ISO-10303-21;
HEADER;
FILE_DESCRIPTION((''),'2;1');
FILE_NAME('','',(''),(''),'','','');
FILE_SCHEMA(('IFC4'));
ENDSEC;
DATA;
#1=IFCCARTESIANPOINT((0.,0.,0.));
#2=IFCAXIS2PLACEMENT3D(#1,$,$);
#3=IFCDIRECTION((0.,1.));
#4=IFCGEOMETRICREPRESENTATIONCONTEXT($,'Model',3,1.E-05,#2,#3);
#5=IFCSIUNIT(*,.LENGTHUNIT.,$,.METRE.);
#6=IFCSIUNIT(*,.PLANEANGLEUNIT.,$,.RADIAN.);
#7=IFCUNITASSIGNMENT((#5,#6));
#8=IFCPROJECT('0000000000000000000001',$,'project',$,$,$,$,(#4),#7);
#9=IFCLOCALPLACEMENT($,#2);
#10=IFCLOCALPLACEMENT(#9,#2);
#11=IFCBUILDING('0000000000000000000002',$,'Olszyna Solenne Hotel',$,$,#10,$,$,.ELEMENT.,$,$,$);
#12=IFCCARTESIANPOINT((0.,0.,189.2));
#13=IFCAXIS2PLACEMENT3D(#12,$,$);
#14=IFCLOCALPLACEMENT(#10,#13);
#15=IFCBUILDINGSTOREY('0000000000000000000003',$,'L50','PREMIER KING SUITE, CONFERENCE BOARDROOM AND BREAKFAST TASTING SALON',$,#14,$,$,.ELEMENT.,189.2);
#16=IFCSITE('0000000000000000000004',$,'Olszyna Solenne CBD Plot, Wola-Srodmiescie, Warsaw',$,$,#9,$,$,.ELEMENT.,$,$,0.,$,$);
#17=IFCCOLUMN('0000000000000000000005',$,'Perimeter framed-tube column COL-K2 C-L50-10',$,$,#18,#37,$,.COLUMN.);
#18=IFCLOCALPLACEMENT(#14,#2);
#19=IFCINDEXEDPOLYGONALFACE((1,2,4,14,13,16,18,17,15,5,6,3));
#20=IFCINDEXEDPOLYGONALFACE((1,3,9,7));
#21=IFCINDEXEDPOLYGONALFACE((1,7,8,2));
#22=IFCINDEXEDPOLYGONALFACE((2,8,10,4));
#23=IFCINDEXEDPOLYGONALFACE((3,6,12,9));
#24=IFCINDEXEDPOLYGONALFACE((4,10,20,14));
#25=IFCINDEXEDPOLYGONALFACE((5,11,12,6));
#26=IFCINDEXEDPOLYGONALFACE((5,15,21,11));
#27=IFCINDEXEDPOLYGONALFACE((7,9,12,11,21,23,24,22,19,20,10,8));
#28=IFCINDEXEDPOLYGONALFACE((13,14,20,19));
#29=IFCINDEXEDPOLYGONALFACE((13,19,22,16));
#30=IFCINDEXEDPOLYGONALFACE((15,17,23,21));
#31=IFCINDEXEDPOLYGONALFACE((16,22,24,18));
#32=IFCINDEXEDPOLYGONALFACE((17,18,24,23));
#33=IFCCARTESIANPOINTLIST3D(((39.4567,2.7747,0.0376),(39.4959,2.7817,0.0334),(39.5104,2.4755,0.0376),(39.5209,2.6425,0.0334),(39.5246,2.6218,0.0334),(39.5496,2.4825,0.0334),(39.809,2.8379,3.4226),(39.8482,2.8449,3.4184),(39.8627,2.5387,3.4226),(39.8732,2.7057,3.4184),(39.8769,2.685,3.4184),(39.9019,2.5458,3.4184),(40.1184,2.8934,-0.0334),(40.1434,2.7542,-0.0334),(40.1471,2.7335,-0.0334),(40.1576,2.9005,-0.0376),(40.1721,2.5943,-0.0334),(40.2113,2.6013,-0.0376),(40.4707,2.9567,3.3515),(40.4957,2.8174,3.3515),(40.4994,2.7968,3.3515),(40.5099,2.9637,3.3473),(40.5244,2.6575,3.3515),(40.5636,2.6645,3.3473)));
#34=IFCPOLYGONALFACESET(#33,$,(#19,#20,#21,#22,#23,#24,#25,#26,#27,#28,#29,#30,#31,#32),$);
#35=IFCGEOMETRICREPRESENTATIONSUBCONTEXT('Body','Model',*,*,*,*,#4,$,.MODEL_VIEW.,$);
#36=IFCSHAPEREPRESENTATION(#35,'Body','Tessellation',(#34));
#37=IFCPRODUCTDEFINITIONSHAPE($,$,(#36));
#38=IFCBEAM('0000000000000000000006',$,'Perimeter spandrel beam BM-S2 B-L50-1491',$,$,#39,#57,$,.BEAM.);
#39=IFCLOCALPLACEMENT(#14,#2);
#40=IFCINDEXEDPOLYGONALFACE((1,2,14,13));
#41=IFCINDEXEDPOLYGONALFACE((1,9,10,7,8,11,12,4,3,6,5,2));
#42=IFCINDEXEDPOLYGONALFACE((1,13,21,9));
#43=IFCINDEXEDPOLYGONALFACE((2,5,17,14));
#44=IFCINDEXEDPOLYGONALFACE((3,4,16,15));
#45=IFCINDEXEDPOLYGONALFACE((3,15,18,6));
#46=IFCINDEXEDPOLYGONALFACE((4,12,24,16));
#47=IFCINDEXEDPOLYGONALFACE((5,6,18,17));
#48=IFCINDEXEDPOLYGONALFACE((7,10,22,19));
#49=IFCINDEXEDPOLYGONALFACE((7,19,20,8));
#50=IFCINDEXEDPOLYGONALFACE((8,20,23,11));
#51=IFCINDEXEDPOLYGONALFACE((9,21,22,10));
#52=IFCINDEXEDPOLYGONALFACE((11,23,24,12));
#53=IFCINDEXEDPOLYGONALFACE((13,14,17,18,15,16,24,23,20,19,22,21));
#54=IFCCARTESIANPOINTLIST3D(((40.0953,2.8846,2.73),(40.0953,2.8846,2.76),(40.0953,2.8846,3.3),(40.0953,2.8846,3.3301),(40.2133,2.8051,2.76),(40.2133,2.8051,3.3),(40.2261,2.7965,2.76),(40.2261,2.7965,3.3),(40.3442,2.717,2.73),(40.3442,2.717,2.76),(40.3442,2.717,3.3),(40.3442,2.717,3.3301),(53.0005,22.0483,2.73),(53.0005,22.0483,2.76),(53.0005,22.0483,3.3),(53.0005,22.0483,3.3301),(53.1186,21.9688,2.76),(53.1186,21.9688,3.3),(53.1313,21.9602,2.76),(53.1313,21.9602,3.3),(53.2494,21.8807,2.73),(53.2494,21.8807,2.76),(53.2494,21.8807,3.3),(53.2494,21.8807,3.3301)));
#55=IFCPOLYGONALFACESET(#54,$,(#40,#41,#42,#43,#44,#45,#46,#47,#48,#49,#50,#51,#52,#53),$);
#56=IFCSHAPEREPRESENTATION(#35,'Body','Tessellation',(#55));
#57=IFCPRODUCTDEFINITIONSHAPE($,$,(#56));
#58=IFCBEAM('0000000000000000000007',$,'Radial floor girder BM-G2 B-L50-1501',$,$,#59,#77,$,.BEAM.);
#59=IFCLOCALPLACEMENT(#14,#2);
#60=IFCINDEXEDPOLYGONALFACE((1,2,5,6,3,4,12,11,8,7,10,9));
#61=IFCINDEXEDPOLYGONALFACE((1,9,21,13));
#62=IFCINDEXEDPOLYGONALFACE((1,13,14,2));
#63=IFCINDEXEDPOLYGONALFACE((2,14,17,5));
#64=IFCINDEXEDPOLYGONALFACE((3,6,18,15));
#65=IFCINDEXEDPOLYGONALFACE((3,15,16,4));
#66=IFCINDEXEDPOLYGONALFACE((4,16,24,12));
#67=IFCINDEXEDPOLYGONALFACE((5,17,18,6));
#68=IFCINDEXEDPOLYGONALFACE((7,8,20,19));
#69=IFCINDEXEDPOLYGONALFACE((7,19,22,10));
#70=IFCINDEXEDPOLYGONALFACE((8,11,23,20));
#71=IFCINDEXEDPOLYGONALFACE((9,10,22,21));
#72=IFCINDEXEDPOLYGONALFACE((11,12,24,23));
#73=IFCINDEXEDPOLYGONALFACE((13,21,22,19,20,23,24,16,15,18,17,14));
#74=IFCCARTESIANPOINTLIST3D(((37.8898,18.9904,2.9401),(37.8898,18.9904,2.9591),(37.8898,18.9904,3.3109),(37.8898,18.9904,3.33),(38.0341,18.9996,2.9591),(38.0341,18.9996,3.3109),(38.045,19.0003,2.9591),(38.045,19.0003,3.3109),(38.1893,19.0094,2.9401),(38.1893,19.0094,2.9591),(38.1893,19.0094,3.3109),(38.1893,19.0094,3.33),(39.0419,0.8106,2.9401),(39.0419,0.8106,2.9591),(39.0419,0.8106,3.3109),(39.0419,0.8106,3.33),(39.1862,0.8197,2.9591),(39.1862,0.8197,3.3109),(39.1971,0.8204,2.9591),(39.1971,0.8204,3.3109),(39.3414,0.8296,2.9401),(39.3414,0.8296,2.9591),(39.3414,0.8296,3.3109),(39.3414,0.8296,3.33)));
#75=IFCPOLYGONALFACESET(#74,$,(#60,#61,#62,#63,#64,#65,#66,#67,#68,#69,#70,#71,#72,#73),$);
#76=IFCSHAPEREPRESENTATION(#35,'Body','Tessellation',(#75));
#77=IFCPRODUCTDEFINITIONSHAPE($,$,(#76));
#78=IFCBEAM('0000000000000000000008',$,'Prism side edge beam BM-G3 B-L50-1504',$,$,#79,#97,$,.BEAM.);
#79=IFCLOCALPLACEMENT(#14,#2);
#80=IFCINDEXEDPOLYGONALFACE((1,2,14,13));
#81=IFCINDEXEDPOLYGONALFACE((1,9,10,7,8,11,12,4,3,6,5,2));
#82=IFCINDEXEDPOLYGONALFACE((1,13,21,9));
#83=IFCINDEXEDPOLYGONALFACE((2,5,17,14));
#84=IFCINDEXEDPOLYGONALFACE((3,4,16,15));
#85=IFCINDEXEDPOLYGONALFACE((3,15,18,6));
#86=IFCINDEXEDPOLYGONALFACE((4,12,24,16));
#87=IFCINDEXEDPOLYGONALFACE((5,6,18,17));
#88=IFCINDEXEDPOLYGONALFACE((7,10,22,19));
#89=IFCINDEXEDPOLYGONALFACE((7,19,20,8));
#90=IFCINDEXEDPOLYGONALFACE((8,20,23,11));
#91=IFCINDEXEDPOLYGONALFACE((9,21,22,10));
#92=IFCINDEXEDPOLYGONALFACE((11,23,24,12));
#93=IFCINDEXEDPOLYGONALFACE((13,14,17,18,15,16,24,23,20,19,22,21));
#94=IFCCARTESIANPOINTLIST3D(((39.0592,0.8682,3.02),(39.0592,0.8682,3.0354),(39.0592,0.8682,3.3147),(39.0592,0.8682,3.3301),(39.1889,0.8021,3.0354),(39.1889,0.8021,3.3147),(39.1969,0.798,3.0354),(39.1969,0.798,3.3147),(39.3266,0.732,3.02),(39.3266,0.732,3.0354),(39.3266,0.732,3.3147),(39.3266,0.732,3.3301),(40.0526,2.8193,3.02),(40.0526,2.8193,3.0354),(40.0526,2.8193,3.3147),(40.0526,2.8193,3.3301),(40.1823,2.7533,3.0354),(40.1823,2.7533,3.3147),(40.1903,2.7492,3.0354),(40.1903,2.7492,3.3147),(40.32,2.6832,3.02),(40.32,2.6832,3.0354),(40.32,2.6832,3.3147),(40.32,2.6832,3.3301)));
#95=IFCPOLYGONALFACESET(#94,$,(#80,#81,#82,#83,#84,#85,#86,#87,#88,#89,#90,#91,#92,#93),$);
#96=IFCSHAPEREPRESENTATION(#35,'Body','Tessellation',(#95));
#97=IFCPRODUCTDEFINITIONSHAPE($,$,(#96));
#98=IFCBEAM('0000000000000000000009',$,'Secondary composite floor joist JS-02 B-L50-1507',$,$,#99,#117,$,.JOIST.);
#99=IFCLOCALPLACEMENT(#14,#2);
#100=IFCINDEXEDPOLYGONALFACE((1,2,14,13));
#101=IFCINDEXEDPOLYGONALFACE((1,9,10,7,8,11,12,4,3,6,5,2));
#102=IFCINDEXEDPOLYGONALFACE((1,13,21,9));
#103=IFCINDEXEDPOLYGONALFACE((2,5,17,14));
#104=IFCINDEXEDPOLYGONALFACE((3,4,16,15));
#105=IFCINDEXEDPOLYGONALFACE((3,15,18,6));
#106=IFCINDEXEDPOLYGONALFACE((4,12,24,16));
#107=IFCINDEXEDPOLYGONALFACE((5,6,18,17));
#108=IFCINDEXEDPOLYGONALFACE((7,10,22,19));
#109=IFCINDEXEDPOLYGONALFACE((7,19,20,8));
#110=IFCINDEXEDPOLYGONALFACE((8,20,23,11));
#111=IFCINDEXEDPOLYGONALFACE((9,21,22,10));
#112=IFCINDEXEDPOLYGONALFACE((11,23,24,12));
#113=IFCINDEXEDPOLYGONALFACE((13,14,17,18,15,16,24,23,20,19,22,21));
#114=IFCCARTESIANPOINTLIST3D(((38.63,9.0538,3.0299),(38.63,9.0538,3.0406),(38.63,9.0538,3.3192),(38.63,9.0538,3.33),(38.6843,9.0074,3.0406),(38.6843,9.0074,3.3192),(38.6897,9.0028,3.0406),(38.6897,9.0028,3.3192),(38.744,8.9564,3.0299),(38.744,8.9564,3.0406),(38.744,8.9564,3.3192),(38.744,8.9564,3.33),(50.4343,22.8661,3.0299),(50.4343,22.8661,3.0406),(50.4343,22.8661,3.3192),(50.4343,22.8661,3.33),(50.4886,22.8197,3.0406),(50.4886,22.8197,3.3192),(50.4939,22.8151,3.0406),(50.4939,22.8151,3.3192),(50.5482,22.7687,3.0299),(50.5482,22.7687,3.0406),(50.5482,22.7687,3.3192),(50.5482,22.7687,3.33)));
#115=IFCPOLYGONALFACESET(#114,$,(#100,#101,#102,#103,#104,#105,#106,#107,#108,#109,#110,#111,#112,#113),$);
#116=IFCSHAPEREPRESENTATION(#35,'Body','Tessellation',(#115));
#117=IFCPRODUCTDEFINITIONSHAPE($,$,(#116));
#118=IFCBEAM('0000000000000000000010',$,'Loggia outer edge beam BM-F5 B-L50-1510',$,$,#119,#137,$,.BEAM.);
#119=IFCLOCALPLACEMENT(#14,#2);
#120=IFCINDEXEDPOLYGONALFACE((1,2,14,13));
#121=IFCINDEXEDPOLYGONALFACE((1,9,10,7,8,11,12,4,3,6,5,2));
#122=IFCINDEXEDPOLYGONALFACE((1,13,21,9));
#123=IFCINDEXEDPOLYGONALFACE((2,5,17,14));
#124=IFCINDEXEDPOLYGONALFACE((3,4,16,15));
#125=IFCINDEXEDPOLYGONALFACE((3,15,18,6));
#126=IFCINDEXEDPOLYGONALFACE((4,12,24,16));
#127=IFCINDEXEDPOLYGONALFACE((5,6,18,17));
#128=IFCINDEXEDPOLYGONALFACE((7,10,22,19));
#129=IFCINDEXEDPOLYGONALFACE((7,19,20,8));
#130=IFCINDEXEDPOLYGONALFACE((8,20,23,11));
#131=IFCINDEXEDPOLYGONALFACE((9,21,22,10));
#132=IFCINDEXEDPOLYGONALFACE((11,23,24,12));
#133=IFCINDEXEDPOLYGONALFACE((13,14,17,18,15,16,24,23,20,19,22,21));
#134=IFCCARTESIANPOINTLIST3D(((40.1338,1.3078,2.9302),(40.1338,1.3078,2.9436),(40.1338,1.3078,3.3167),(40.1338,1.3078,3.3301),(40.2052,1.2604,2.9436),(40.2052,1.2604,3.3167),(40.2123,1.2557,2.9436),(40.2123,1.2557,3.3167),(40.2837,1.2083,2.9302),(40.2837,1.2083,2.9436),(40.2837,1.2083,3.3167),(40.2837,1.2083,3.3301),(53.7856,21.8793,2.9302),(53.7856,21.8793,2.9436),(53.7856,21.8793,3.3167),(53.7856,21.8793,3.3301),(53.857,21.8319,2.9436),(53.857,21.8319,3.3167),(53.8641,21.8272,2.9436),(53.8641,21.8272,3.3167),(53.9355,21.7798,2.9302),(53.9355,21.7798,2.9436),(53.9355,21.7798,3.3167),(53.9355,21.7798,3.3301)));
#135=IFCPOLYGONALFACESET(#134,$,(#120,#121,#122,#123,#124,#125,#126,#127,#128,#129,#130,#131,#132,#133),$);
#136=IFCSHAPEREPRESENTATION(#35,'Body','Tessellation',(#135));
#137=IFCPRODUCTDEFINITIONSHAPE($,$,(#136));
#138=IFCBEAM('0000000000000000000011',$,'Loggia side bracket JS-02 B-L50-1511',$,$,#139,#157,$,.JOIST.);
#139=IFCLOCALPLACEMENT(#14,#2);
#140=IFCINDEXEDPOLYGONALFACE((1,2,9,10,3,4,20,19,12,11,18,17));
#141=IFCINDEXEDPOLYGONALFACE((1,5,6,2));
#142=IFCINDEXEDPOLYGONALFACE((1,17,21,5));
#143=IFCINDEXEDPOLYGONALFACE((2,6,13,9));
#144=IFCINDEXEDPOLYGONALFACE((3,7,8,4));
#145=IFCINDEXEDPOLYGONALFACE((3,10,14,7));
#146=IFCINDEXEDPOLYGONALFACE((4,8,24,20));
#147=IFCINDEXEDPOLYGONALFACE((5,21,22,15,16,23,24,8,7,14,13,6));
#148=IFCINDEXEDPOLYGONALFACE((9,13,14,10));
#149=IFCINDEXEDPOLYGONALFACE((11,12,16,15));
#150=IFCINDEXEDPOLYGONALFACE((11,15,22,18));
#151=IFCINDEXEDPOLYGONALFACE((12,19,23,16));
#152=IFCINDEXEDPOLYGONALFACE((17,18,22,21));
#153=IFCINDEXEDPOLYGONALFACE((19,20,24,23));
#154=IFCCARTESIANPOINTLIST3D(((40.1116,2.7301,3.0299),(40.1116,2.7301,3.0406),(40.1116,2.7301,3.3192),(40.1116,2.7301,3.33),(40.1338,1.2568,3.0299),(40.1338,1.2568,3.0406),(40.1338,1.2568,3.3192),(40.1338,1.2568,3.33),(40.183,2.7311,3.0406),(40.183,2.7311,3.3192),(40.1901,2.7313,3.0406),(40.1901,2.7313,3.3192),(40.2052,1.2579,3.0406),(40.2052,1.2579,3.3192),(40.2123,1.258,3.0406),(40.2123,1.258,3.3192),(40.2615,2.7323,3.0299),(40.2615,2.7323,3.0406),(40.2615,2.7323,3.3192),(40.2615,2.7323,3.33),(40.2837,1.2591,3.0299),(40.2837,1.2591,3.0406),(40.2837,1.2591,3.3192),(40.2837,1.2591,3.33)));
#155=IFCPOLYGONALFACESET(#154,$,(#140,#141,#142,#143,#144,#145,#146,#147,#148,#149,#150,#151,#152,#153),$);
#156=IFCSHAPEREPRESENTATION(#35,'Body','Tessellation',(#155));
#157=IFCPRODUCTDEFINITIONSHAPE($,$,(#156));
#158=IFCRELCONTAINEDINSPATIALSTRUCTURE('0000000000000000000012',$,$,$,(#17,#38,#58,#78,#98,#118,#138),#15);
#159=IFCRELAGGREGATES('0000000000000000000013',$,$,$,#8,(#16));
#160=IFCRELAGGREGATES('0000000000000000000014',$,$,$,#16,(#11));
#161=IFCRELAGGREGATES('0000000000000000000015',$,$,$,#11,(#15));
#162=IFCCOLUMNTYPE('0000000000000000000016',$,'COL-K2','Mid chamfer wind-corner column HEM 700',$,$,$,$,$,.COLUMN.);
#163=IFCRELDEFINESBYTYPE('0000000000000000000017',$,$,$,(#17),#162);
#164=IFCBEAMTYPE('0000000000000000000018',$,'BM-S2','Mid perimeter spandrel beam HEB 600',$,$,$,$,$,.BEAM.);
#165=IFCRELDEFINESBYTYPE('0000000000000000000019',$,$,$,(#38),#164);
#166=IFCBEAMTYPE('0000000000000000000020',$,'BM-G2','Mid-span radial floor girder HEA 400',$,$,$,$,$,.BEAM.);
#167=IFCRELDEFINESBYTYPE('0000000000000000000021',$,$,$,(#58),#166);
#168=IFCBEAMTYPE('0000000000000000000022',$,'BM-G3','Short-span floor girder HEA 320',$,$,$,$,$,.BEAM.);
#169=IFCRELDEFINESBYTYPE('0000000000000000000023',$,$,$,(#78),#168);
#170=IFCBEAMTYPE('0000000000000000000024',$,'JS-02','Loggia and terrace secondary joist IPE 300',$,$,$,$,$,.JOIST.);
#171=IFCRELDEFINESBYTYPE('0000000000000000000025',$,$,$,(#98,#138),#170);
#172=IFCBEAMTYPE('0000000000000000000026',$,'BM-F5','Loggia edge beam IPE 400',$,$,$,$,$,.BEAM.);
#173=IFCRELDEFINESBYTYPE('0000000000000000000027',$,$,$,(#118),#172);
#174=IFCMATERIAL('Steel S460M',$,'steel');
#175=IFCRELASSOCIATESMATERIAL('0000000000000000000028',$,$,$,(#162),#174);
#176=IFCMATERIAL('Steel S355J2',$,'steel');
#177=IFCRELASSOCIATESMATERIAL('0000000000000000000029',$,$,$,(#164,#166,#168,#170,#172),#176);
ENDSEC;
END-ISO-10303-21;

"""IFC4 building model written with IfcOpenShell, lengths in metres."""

from ifc_helpers import new_model, si_unit, direction, frame, origin, origin_2d, place, context, subcontext, project, spatial, i_section, extrude, source, transform, mapped, material, material_profile, profile_set, type_object, element, save


model = new_model("IFC4")

# Units and contexts
model_context = context("Model", 3, precision=1e-05, world=origin(), true_north=direction((0.0, 1.0)))
body_context = subcontext(model_context, "Body", "Model", "MODEL_VIEW")
ifc_project = project(units=[si_unit("LENGTHUNIT", "METRE"), si_unit("PLANEANGLEUNIT", "RADIAN")], contexts=[model_context])

# Site, building, storey
site_placement = place(None, origin())
site = spatial("IfcSite", under=ifc_project, at=site_placement, Name="Olszyna Solenne CBD Plot, Wola-Srodmiescie, Warsaw", CompositionType="ELEMENT", RefElevation=0.0)
building_placement = place(site_placement, origin())
building = spatial("IfcBuilding", under=site, at=building_placement, Name="Olszyna Solenne Hotel", CompositionType="ELEMENT")
storey_placement = place(building_placement, frame((0.0, 0.0, 189.2)))
storey = spatial("IfcBuildingStorey", under=building, at=storey_placement, Name="L50", Description="PREMIER KING SUITE, CONFERENCE BOARDROOM AND BREAKFAST TASTING SALON", CompositionType="ELEMENT", Elevation=189.2)

# Column
ifc_material_1 = material(Name="Steel S460M", Category="steel")
ifc_material_profile_1 = material_profile(ifc_material_1, i_section(OverallWidth=0.304, OverallDepth=0.7161, WebThickness=0.021, FlangeThickness=0.04, at=origin_2d()), Name="HEM 700", Category="load-bearing")
ifc_profile_set_1 = profile_set([ifc_material_profile_1], Name="Steel S460M")
column_type = type_object("IfcColumnType", Name="COL-K2", Description="Mid chamfer wind-corner column HEM 700", PredefinedType="COLUMN", material=ifc_profile_set_1)
shared_shape_1 = source(origin(), body_context, "Body", "SweptSolid", [
    extrude(i_section(OverallWidth=0.304, OverallDepth=0.7161, WebThickness=0.021, FlangeThickness=0.04, at=origin_2d()), origin(), (0.0, 0.0, 1.0), 3.4038),
])
column_placement = place(storey_placement, frame((39.834, 2.688, 0.0), z_axis=(0.103498, 0.018577, 0.994456), x_axis=(-0.176664, 0.984271, 0.0)))
element("IfcColumn", 1, at=column_placement, inside=storey, type_object=column_type, Name="Perimeter framed-tube column COL-K2 C-L50-10", PredefinedType="COLUMN", context=body_context, shape_type="MappedRepresentation", body=[
    mapped(shared_shape_1, transform((0.0, 0.0, 0.0), x_axis=(1.0, 0.0, 0.0), y_axis=(0.0, 1.0, 0.0), z_axis=(0.0, 0.0, 1.0), scale=1.0)),
])

# Beams
ifc_material_2 = material(Name="Steel S355J2", Category="steel")
ifc_material_profile_2 = material_profile(ifc_material_2, i_section(OverallWidth=0.3, OverallDepth=0.6001, WebThickness=0.0154, FlangeThickness=0.03, at=origin_2d()), Name="HEB 600", Category="load-bearing")
ifc_profile_set_2 = profile_set([ifc_material_profile_2], Name="Steel S355J2")
beam_type_1 = type_object("IfcBeamType", Name="BM-S2", Description="Mid perimeter spandrel beam HEB 600", PredefinedType="BEAM", material=ifc_profile_set_2)
shared_shape_2 = source(origin(), body_context, "Body", "SweptSolid", [
    extrude(i_section(OverallWidth=0.3, OverallDepth=0.6001, WebThickness=0.0154, FlangeThickness=0.03, at=origin_2d()), origin(), (0.0, 0.0, 1.0), 23.104),
])
beam_1_placement = place(storey_placement, frame((40.2197, 2.8008, 3.03), z_axis=(0.558571, 0.829456, 0.0), x_axis=(-0.829456, 0.558571, 0.0)))
element("IfcBeam", 2, at=beam_1_placement, inside=storey, type_object=beam_type_1, Name="Perimeter spandrel beam BM-S2 B-L50-1491", PredefinedType="BEAM", context=body_context, shape_type="MappedRepresentation", body=[
    mapped(shared_shape_2, transform((0.0, 0.0, 0.0), x_axis=(1.0, 0.0, 0.0), y_axis=(0.0, 1.0, 0.0), z_axis=(0.0, 0.0, 1.0), scale=1.0)),
])
ifc_material_profile_3 = material_profile(ifc_material_2, i_section(OverallWidth=0.3, OverallDepth=0.3899, WebThickness=0.011, FlangeThickness=0.019, at=origin_2d()), Name="HEA 400", Category="load-bearing")
ifc_profile_set_3 = profile_set([ifc_material_profile_3], Name="Steel S355J2")
beam_type_2 = type_object("IfcBeamType", Name="BM-G2", Description="Mid-span radial floor girder HEA 400", PredefinedType="BEAM", material=ifc_profile_set_3)
shared_shape_3 = source(origin(), body_context, "Body", "SweptSolid", [
    extrude(i_section(OverallWidth=0.3, OverallDepth=0.3899, WebThickness=0.011, FlangeThickness=0.019, at=origin_2d()), origin(), (0.0, 0.0, 1.0), 18.2163),
])
beam_2_placement = place(storey_placement, frame((39.1917, 0.8201, 3.135), z_axis=(-0.063245, 0.997998, 0.0), x_axis=(-0.997998, -0.063245, 0.0)))
element("IfcBeam", 3, at=beam_2_placement, inside=storey, type_object=beam_type_2, Name="Radial floor girder BM-G2 B-L50-1501", PredefinedType="BEAM", context=body_context, shape_type="MappedRepresentation", body=[
    mapped(shared_shape_3, transform((0.0, 0.0, 0.0), x_axis=(1.0, 0.0, 0.0), y_axis=(0.0, 1.0, 0.0), z_axis=(0.0, 0.0, 1.0), scale=1.0)),
])
ifc_material_profile_4 = material_profile(ifc_material_2, i_section(OverallWidth=0.3, OverallDepth=0.3101, WebThickness=0.009, FlangeThickness=0.0154, at=origin_2d()), Name="HEA 320", Category="load-bearing")
ifc_profile_set_4 = profile_set([ifc_material_profile_4], Name="Steel S355J2")
beam_type_3 = type_object("IfcBeamType", Name="BM-G3", Description="Short-span floor girder HEA 320", PredefinedType="BEAM", material=ifc_profile_set_4)
shared_shape_4 = source(origin(), body_context, "Body", "SweptSolid", [
    extrude(i_section(OverallWidth=0.3, OverallDepth=0.3101, WebThickness=0.009, FlangeThickness=0.0154, at=origin_2d()), origin(), (0.0, 0.0, 1.0), 2.1895),
])
beam_3_placement = place(storey_placement, frame((40.1863, 2.7512, 3.175), z_axis=(-0.453714, -0.891148, 0.0), x_axis=(0.891148, -0.453714, 0.0)))
element("IfcBeam", 4, at=beam_3_placement, inside=storey, type_object=beam_type_3, Name="Prism side edge beam BM-G3 B-L50-1504", PredefinedType="BEAM", context=body_context, shape_type="MappedRepresentation", body=[
    mapped(shared_shape_4, transform((0.0, 0.0, 0.0), x_axis=(1.0, 0.0, 0.0), y_axis=(0.0, 1.0, 0.0), z_axis=(0.0, 0.0, 1.0), scale=1.0)),
])
ifc_material_profile_5 = material_profile(ifc_material_2, i_section(OverallWidth=0.1499, OverallDepth=0.3, WebThickness=0.0071, FlangeThickness=0.0107, at=origin_2d()), Name="IPE 300", Category="load-bearing")
ifc_profile_set_5 = profile_set([ifc_material_profile_5], Name="Steel S355J2")
beam_type_4 = type_object("IfcBeamType", Name="JS-02", Description="Loggia and terrace secondary joist IPE 300", PredefinedType="JOIST", material=ifc_profile_set_5)
shared_shape_5 = source(origin(), body_context, "Body", "SweptSolid", [
    extrude(i_section(OverallWidth=0.1499, OverallDepth=0.3, WebThickness=0.0071, FlangeThickness=0.0107, at=origin_2d()), origin(), (0.0, 0.0, 1.0), 18.1692),
])
beam_4_placement = place(storey_placement, frame((38.687, 9.0051, 3.1799), z_axis=(0.649684, 0.760204, 0.0), x_axis=(-0.760204, 0.649684, 0.0)))
element("IfcBeam", 5, at=beam_4_placement, inside=storey, type_object=beam_type_4, Name="Secondary composite floor joist JS-02 B-L50-1507", PredefinedType="JOIST", context=body_context, shape_type="MappedRepresentation", body=[
    mapped(shared_shape_5, transform((0.0, 0.0, 0.0), x_axis=(1.0, 0.0, 0.0), y_axis=(0.0, 1.0, 0.0), z_axis=(0.0, 0.0, 1.0), scale=1.0)),
])
ifc_material_profile_6 = material_profile(ifc_material_2, i_section(OverallWidth=0.1799, OverallDepth=0.3999, WebThickness=0.0085, FlangeThickness=0.0134, at=origin_2d()), Name="IPE 400", Category="load-bearing")
ifc_profile_set_6 = profile_set([ifc_material_profile_6], Name="Steel S355J2")
beam_type_5 = type_object("IfcBeamType", Name="BM-F5", Description="Loggia edge beam IPE 400", PredefinedType="BEAM", material=ifc_profile_set_6)
shared_shape_6 = source(origin(), body_context, "Body", "SweptSolid", [
    extrude(i_section(OverallWidth=0.1799, OverallDepth=0.3999, WebThickness=0.0085, FlangeThickness=0.0134, at=origin_2d()), origin(), (0.0, 0.0, 1.0), 24.6892),
])
beam_5_placement = place(storey_placement, frame((40.2087, 1.2581, 3.1301), z_axis=(0.552946, 0.833217, 0.0), x_axis=(-0.833217, 0.552946, 0.0)))
element("IfcBeam", 6, at=beam_5_placement, inside=storey, type_object=beam_type_5, Name="Loggia outer edge beam BM-F5 B-L50-1510", PredefinedType="BEAM", context=body_context, shape_type="MappedRepresentation", body=[
    mapped(shared_shape_6, transform((0.0, 0.0, 0.0), x_axis=(1.0, 0.0, 0.0), y_axis=(0.0, 1.0, 0.0), z_axis=(0.0, 0.0, 1.0), scale=1.0)),
])
shared_shape_7 = source(origin(), body_context, "Body", "SweptSolid", [
    extrude(i_section(OverallWidth=0.1499, OverallDepth=0.3, WebThickness=0.0071, FlangeThickness=0.0107, at=origin_2d()), origin(), (0.0, 0.0, 1.0), 1.4734),
])
beam_6_placement = place(storey_placement, frame((40.1865, 2.7312, 3.1799), z_axis=(0.015079, -0.999886, 0.0), x_axis=(0.999886, 0.015079, 0.0)))
element("IfcBeam", 7, at=beam_6_placement, inside=storey, type_object=beam_type_4, Name="Loggia side bracket JS-02 B-L50-1511", PredefinedType="JOIST", context=body_context, shape_type="MappedRepresentation", body=[
    mapped(shared_shape_7, transform((0.0, 0.0, 0.0), x_axis=(1.0, 0.0, 0.0), y_axis=(0.0, 1.0, 0.0), z_axis=(0.0, 0.0, 1.0), scale=1.0)),
])

save(model, "model.ifc")
